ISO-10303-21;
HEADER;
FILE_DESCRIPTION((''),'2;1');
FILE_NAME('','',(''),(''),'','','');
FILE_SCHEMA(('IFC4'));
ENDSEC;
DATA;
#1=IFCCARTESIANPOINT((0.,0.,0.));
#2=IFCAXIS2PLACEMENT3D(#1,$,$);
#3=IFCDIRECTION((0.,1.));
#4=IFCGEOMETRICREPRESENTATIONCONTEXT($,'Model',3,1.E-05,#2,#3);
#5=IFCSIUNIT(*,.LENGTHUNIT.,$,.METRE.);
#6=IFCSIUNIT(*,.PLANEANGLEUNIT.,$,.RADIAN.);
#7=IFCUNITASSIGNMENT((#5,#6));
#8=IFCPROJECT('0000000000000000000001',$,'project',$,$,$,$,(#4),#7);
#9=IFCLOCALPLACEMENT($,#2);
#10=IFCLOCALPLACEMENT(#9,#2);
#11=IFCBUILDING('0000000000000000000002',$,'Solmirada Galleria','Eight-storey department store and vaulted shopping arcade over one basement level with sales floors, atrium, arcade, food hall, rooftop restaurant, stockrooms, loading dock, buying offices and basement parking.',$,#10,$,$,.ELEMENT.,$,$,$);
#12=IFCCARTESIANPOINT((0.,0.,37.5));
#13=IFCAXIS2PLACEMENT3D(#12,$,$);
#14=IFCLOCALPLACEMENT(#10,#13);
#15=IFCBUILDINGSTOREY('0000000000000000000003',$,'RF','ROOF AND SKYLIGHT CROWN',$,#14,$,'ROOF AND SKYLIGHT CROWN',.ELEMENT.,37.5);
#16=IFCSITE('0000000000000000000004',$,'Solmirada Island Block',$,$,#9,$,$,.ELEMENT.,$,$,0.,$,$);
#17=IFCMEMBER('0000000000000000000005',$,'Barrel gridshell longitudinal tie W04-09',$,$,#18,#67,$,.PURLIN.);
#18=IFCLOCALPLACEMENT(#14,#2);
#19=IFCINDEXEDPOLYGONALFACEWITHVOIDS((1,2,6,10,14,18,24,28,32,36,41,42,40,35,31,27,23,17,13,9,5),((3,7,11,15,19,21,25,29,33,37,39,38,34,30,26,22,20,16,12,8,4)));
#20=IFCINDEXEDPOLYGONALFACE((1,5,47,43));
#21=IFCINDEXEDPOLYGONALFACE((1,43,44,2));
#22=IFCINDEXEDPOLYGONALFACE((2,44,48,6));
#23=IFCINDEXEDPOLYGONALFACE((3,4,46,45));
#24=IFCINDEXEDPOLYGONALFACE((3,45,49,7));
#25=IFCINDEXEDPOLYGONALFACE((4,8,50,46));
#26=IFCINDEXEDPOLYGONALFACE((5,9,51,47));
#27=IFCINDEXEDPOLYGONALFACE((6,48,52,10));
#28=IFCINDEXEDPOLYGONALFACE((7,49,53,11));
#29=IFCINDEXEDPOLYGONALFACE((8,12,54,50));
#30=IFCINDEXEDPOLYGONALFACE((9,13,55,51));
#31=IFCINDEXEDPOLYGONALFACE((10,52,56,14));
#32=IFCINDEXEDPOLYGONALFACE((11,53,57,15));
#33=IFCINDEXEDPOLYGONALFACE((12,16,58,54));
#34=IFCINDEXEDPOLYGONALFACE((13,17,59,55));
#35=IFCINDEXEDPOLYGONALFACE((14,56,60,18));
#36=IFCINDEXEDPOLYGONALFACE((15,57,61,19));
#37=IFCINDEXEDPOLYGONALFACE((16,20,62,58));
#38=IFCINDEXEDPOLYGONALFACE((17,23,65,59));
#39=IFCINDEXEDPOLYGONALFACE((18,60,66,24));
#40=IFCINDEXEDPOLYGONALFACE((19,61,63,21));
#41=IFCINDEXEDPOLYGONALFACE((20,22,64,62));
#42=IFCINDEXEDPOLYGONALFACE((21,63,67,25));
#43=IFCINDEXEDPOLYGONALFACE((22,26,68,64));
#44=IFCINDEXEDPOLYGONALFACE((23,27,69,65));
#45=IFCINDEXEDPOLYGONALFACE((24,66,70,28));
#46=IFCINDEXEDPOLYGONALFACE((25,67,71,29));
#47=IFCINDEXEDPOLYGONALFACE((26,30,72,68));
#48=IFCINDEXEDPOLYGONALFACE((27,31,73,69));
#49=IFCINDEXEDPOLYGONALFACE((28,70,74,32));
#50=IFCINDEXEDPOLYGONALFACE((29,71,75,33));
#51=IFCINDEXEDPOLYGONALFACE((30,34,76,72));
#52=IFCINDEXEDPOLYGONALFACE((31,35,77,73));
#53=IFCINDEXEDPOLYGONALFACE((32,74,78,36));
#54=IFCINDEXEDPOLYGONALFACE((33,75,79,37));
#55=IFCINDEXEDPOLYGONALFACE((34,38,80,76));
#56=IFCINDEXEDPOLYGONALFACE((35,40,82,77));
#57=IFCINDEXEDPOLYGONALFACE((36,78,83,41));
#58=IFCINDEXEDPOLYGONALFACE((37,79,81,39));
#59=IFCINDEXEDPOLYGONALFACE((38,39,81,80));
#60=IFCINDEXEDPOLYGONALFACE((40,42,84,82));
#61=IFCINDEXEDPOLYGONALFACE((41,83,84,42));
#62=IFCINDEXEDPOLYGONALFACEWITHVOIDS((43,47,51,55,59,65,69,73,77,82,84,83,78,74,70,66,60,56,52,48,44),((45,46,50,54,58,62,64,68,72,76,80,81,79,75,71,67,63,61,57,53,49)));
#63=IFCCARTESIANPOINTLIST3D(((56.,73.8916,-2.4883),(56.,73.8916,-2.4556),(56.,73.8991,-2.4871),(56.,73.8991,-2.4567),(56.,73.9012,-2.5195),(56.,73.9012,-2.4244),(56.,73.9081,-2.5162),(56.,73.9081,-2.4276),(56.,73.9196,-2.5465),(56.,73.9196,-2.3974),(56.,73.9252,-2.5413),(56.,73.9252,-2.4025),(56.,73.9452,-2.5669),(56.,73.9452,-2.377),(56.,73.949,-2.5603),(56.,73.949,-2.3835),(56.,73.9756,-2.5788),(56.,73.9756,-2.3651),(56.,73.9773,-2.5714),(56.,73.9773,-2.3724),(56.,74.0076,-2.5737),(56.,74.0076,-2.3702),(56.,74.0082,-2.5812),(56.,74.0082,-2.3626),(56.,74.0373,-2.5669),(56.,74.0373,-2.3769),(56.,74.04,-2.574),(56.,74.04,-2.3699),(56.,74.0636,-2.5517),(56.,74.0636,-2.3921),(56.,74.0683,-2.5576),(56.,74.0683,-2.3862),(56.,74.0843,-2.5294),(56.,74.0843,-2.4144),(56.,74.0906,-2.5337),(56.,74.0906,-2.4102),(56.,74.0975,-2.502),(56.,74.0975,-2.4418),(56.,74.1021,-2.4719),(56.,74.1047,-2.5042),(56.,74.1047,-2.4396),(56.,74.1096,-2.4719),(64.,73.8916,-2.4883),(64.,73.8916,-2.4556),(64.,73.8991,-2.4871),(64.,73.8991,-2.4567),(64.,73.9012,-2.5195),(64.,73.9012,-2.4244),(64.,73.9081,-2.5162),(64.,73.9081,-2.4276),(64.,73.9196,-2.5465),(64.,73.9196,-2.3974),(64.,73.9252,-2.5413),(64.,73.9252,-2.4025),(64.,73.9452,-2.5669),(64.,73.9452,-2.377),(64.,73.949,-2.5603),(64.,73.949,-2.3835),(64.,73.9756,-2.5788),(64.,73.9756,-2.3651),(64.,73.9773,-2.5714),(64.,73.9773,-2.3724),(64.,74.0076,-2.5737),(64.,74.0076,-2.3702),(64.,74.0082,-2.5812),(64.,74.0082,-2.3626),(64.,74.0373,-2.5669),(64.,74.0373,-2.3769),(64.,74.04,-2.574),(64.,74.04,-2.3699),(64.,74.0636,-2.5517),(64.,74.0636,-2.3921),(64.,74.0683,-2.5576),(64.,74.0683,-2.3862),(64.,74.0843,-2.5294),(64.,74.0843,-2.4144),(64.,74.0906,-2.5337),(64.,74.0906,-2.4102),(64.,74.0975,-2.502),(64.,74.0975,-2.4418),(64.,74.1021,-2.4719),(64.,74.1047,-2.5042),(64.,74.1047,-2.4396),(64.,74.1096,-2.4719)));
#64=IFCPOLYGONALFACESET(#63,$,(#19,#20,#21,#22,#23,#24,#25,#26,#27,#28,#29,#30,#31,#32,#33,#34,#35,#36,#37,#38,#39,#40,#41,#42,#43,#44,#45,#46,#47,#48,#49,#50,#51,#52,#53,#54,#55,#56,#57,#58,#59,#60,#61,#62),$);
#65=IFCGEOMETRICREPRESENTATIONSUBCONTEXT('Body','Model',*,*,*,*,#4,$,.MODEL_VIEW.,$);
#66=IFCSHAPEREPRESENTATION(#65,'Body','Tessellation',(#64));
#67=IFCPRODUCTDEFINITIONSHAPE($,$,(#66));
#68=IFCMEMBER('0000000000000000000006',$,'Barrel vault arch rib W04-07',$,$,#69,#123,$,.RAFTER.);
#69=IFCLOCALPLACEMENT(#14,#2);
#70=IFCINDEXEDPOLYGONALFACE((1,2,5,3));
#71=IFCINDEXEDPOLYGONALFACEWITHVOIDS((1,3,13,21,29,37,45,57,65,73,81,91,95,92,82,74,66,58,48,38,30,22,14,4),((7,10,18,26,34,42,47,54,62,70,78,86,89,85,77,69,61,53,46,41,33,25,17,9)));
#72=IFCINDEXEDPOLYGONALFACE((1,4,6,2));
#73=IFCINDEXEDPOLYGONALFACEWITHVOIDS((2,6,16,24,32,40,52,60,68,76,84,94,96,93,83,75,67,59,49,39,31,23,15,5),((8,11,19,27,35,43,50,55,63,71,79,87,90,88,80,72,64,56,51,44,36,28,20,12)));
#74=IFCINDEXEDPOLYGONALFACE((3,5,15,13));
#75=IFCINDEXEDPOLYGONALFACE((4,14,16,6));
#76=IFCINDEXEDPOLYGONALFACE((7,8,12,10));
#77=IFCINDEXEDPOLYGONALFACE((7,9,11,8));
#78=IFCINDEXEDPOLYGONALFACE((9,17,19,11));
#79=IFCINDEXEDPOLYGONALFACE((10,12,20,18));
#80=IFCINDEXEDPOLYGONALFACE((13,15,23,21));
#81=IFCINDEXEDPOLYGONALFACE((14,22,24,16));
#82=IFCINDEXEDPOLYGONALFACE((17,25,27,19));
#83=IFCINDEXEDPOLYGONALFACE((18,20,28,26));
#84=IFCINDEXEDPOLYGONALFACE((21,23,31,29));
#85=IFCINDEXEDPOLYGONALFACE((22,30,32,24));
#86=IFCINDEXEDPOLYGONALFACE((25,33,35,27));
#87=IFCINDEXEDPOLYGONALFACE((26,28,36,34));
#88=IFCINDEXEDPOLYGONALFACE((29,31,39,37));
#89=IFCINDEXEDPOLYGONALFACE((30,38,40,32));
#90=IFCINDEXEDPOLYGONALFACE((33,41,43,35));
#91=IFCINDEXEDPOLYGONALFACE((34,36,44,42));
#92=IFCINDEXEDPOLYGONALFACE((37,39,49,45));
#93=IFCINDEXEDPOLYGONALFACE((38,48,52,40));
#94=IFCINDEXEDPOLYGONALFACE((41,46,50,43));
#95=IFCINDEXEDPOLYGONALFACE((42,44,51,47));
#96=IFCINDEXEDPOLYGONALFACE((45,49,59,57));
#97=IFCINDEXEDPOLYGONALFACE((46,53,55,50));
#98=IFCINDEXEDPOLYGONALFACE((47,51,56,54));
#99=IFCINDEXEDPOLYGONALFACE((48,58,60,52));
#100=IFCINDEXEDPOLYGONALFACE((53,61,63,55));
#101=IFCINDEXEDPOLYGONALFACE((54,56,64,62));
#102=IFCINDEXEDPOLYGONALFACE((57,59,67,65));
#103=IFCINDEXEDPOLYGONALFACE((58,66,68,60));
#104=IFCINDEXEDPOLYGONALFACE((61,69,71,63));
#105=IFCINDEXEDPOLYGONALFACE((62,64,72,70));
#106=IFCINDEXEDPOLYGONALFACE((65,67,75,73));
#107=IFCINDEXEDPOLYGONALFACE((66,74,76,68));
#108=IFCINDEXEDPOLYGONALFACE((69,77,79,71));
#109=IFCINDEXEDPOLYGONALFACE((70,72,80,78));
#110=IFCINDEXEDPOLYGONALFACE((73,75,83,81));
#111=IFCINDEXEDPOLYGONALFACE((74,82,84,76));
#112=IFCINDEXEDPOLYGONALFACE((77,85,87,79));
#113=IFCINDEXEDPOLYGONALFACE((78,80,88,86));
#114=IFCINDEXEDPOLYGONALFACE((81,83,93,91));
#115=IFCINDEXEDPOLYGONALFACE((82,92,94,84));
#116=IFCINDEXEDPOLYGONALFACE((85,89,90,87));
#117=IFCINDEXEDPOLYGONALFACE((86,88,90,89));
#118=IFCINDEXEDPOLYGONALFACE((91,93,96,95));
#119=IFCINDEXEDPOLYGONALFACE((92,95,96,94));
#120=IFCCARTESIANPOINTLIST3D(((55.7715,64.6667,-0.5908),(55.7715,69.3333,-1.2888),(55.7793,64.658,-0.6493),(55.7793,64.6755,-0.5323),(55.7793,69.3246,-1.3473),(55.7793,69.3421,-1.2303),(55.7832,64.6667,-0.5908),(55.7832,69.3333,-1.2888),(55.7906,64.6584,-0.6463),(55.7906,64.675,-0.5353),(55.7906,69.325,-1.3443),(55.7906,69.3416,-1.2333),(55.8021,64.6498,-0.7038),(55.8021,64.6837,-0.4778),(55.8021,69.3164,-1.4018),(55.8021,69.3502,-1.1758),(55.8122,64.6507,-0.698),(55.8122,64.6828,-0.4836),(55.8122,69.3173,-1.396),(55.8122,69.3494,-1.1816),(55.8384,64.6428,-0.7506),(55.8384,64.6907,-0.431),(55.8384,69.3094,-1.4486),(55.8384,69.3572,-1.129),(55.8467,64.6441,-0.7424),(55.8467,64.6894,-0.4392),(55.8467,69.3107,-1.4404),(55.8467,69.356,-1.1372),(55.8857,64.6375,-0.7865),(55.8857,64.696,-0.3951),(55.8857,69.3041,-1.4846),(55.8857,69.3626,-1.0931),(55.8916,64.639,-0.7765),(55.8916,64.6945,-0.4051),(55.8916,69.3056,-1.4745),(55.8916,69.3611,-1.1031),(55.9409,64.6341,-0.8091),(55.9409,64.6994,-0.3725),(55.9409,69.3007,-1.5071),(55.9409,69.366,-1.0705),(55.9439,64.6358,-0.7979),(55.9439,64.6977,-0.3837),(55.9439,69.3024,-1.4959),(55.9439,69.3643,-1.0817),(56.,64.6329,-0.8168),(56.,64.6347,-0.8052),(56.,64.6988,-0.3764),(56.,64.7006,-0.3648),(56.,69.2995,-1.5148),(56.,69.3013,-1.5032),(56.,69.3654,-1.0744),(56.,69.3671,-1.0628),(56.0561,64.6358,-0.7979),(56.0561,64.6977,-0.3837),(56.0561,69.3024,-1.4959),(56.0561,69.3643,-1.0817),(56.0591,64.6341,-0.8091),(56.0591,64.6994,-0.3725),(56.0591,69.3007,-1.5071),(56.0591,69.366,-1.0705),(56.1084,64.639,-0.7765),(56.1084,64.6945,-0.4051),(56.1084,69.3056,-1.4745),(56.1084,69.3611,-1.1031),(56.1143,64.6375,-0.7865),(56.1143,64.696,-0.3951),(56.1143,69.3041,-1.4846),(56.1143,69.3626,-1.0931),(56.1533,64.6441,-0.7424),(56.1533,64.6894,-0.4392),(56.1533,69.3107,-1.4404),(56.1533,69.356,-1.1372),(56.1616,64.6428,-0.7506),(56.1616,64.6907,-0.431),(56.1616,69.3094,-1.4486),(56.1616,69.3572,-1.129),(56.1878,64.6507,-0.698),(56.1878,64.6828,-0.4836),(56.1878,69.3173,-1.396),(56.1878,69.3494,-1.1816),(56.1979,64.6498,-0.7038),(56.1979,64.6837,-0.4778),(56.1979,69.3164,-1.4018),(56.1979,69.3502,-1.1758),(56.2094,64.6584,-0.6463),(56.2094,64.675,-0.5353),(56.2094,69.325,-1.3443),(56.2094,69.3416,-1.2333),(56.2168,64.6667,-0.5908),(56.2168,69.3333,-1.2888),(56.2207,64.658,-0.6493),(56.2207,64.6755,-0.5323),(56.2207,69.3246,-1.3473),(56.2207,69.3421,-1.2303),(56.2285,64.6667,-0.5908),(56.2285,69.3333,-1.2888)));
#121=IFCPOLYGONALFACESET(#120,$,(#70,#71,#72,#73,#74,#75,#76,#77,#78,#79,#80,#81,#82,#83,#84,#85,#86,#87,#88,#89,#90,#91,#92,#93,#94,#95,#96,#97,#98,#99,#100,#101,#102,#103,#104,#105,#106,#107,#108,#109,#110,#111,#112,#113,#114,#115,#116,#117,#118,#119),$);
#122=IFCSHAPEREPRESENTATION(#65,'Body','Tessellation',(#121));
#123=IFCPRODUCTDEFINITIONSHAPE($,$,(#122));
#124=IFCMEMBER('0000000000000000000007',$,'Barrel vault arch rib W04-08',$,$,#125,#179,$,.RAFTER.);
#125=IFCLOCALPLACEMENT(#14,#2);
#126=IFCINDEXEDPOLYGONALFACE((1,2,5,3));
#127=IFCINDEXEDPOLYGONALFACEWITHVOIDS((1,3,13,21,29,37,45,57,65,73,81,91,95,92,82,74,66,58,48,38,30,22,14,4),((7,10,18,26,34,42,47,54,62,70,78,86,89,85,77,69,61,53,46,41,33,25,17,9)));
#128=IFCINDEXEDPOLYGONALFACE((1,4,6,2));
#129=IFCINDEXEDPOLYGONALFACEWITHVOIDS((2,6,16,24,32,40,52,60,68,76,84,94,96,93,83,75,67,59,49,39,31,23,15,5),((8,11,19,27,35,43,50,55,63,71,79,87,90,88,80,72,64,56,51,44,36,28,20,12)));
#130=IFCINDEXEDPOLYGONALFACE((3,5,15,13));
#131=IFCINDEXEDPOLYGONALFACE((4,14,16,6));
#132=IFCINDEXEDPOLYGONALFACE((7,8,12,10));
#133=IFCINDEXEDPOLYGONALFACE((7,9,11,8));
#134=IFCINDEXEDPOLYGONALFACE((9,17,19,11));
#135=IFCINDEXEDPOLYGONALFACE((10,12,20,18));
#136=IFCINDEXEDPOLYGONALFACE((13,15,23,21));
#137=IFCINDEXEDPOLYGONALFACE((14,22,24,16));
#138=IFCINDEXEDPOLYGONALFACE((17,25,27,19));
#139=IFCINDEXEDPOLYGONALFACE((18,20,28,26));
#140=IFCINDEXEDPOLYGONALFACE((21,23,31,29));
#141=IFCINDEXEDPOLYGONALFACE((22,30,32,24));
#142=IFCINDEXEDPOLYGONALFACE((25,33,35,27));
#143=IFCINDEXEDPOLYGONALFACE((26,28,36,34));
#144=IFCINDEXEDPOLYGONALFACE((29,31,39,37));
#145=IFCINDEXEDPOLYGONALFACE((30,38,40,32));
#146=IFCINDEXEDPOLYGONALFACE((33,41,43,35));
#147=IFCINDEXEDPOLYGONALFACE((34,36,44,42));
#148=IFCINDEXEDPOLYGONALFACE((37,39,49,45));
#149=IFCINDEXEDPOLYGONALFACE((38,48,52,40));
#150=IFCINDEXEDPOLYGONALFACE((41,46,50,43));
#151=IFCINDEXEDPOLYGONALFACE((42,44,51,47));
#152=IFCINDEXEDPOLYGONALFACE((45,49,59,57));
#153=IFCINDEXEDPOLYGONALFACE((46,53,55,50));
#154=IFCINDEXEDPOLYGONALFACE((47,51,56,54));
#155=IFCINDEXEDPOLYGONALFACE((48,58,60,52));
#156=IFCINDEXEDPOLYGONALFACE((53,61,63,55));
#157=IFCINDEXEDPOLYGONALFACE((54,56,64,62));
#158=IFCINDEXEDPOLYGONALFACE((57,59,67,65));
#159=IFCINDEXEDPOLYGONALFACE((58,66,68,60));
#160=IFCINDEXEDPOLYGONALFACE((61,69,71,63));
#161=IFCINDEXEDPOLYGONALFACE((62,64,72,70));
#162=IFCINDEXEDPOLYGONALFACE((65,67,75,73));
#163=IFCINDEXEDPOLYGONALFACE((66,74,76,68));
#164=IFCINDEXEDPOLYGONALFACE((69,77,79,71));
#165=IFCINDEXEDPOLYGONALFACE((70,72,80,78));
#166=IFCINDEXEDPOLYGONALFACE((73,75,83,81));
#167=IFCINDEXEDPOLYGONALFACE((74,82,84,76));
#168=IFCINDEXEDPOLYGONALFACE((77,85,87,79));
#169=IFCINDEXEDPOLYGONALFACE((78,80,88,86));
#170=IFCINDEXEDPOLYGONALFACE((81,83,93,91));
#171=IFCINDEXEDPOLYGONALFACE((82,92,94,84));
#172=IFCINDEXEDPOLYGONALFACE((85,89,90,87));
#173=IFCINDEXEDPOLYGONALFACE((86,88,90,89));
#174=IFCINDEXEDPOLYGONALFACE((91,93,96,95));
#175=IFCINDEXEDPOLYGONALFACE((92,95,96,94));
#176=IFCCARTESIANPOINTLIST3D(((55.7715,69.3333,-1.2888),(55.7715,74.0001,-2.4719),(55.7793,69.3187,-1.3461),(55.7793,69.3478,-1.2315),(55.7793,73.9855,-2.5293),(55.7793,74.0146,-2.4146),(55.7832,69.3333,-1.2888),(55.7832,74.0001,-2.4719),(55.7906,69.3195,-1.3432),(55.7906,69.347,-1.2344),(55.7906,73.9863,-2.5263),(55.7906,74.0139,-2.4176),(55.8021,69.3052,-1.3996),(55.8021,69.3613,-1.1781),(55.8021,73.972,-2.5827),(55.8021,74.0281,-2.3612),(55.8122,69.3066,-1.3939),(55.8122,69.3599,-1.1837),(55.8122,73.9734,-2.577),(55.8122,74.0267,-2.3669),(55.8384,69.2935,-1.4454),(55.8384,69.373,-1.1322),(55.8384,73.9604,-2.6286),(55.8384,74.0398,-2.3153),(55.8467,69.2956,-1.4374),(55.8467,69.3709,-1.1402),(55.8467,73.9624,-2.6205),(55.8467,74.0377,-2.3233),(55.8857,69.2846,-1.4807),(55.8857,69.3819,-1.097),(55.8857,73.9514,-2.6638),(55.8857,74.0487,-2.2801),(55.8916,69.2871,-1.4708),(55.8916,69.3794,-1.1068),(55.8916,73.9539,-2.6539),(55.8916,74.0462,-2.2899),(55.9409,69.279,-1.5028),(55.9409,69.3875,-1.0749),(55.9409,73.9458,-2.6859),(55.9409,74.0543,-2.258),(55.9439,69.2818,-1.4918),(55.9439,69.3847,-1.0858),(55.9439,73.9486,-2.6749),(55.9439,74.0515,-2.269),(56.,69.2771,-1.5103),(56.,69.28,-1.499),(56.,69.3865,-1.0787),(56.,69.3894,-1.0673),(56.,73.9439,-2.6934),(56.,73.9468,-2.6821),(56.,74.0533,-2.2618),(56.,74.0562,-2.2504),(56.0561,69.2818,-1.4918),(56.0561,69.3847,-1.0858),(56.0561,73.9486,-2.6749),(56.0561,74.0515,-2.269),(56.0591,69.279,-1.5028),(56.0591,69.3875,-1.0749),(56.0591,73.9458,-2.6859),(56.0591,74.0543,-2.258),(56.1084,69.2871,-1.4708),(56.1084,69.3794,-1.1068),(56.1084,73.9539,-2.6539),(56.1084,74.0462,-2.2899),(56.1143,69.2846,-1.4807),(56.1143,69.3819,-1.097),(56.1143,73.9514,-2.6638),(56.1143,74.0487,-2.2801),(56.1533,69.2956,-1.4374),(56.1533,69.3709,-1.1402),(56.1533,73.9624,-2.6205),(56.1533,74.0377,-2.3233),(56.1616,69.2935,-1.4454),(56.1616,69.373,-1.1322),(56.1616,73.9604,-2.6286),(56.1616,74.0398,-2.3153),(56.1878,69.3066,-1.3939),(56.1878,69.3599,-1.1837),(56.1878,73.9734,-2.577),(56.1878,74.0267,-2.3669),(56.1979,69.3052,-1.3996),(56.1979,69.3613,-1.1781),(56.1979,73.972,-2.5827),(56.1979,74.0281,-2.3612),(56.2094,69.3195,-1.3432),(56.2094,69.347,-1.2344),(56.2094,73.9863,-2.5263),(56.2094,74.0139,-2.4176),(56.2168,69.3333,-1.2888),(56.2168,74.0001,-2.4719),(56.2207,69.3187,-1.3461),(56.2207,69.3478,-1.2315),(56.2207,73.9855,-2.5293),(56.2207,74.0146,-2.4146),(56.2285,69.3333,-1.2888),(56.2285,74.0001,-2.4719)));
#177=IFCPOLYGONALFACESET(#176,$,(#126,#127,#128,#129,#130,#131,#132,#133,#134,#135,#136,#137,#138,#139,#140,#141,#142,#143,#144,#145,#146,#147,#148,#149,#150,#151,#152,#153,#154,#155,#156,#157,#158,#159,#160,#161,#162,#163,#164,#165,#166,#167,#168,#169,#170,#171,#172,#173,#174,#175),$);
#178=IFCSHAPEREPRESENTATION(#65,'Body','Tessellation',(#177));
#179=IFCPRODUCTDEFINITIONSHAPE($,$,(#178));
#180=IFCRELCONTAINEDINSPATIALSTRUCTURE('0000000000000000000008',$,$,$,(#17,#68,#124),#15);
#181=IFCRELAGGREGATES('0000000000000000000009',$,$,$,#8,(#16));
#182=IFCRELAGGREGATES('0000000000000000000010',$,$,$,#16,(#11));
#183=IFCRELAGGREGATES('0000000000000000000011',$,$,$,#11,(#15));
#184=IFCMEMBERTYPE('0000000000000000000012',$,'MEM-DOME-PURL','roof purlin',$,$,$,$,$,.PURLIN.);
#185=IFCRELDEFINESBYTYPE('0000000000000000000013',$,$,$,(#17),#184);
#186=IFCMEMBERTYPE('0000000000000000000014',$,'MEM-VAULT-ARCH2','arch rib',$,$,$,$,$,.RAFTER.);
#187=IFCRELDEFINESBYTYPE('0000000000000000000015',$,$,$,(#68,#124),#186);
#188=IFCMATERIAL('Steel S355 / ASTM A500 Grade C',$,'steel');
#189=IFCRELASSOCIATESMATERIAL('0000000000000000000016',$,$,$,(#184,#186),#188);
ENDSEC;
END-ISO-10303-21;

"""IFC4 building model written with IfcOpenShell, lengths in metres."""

from ifc_helpers import new_model, si_unit, direction, frame, origin, origin_2d, place, context, subcontext, project, spatial, hollow_circle, extrude, material, material_profile, profile_set, type_object, element, save


model = new_model("IFC4")

# Units and contexts
model_context = context("Model", 3, precision=1e-05, world=origin(), true_north=direction((0.0, 1.0)))
body_context = subcontext(model_context, "Body", "Model", "MODEL_VIEW")
ifc_project = project(units=[si_unit("LENGTHUNIT", "METRE"), si_unit("PLANEANGLEUNIT", "RADIAN")], contexts=[model_context])

# Site, building, storey
site_placement = place(None, origin())
site = spatial("IfcSite", under=ifc_project, at=site_placement, Name="Solmirada Island Block", CompositionType="ELEMENT", RefElevation=0.0)
building_placement = place(site_placement, origin())
building = spatial("IfcBuilding", under=site, at=building_placement, Name="Solmirada Galleria", Description="Eight-storey department store and vaulted shopping arcade over one basement level with sales floors, atrium, arcade, food hall, rooftop restaurant, stockrooms, loading dock, buying offices and basement parking.", CompositionType="ELEMENT")
storey_placement = place(building_placement, frame((0.0, 0.0, 37.5)))
storey = spatial("IfcBuildingStorey", under=building, at=storey_placement, Name="RF", Description="ROOF AND SKYLIGHT CROWN", LongName="ROOF AND SKYLIGHT CROWN", CompositionType="ELEMENT", Elevation=37.5)

# Members
ifc_material_1 = material(Name="Steel S355 / ASTM A500 Grade C", Category="steel")
ifc_material_profile_1 = material_profile(ifc_material_1, hollow_circle(Radius=0.1096, WallThickness=0.0076, at=origin_2d()), Name="HSS8.625X0.322")
ifc_profile_set_1 = profile_set([ifc_material_profile_1], Name="Steel S355 / ASTM A500 Grade C")
member_type_1 = type_object("IfcMemberType", Name="MEM-DOME-PURL", Description="roof purlin", PredefinedType="PURLIN", material=ifc_profile_set_1)
member_1_placement = place(storey_placement, frame((56.0, 74.0, -2.4719), z_axis=(1.0, 0.0, 0.0), x_axis=(0.0, 1.0, 0.0)))
element("IfcMember", 1, at=member_1_placement, inside=storey, type_object=member_type_1, Name="Barrel gridshell longitudinal tie W04-09", PredefinedType="PURLIN", context=body_context, shape_type="SweptSolid", body=[
    extrude(hollow_circle(Radius=0.1096, WallThickness=0.0076, at=origin_2d()), origin(), (0.0, 0.0, 1.0), 8.0),
])
ifc_material_profile_2 = material_profile(ifc_material_1, hollow_circle(Radius=0.2285, WallThickness=0.0117, at=origin_2d()), Name="HSS18.000X0.500")
ifc_profile_set_2 = profile_set([ifc_material_profile_2], Name="Steel S355 / ASTM A500 Grade C")
member_type_2 = type_object("IfcMemberType", Name="MEM-VAULT-ARCH2", Description="arch rib", PredefinedType="RAFTER", material=ifc_profile_set_2)
member_2_placement = place(storey_placement, frame((56.0, 64.6667, -0.5908), z_axis=(0.0, 0.988998, -0.147931), x_axis=(-1.0, 0.0, 0.0)))
element("IfcMember", 2, at=member_2_placement, inside=storey, type_object=member_type_2, Name="Barrel vault arch rib W04-07", PredefinedType="RAFTER", context=body_context, shape_type="SweptSolid", body=[
    extrude(hollow_circle(Radius=0.2285, WallThickness=0.0117, at=origin_2d()), origin(), (0.0, 0.0, 1.0), 4.7185),
])
member_3_placement = place(storey_placement, frame((56.0, 69.3333, -1.2888), z_axis=(0.0, 0.969335, -0.245744), x_axis=(-1.0, 0.0, 0.0)))
element("IfcMember", 3, at=member_3_placement, inside=storey, type_object=member_type_2, Name="Barrel vault arch rib W04-08", PredefinedType="RAFTER", context=body_context, shape_type="SweptSolid", body=[
    extrude(hollow_circle(Radius=0.2285, WallThickness=0.0117, at=origin_2d()), origin(), (0.0, 0.0, 1.0), 4.8145),
])

save(model, "model.ifc")
